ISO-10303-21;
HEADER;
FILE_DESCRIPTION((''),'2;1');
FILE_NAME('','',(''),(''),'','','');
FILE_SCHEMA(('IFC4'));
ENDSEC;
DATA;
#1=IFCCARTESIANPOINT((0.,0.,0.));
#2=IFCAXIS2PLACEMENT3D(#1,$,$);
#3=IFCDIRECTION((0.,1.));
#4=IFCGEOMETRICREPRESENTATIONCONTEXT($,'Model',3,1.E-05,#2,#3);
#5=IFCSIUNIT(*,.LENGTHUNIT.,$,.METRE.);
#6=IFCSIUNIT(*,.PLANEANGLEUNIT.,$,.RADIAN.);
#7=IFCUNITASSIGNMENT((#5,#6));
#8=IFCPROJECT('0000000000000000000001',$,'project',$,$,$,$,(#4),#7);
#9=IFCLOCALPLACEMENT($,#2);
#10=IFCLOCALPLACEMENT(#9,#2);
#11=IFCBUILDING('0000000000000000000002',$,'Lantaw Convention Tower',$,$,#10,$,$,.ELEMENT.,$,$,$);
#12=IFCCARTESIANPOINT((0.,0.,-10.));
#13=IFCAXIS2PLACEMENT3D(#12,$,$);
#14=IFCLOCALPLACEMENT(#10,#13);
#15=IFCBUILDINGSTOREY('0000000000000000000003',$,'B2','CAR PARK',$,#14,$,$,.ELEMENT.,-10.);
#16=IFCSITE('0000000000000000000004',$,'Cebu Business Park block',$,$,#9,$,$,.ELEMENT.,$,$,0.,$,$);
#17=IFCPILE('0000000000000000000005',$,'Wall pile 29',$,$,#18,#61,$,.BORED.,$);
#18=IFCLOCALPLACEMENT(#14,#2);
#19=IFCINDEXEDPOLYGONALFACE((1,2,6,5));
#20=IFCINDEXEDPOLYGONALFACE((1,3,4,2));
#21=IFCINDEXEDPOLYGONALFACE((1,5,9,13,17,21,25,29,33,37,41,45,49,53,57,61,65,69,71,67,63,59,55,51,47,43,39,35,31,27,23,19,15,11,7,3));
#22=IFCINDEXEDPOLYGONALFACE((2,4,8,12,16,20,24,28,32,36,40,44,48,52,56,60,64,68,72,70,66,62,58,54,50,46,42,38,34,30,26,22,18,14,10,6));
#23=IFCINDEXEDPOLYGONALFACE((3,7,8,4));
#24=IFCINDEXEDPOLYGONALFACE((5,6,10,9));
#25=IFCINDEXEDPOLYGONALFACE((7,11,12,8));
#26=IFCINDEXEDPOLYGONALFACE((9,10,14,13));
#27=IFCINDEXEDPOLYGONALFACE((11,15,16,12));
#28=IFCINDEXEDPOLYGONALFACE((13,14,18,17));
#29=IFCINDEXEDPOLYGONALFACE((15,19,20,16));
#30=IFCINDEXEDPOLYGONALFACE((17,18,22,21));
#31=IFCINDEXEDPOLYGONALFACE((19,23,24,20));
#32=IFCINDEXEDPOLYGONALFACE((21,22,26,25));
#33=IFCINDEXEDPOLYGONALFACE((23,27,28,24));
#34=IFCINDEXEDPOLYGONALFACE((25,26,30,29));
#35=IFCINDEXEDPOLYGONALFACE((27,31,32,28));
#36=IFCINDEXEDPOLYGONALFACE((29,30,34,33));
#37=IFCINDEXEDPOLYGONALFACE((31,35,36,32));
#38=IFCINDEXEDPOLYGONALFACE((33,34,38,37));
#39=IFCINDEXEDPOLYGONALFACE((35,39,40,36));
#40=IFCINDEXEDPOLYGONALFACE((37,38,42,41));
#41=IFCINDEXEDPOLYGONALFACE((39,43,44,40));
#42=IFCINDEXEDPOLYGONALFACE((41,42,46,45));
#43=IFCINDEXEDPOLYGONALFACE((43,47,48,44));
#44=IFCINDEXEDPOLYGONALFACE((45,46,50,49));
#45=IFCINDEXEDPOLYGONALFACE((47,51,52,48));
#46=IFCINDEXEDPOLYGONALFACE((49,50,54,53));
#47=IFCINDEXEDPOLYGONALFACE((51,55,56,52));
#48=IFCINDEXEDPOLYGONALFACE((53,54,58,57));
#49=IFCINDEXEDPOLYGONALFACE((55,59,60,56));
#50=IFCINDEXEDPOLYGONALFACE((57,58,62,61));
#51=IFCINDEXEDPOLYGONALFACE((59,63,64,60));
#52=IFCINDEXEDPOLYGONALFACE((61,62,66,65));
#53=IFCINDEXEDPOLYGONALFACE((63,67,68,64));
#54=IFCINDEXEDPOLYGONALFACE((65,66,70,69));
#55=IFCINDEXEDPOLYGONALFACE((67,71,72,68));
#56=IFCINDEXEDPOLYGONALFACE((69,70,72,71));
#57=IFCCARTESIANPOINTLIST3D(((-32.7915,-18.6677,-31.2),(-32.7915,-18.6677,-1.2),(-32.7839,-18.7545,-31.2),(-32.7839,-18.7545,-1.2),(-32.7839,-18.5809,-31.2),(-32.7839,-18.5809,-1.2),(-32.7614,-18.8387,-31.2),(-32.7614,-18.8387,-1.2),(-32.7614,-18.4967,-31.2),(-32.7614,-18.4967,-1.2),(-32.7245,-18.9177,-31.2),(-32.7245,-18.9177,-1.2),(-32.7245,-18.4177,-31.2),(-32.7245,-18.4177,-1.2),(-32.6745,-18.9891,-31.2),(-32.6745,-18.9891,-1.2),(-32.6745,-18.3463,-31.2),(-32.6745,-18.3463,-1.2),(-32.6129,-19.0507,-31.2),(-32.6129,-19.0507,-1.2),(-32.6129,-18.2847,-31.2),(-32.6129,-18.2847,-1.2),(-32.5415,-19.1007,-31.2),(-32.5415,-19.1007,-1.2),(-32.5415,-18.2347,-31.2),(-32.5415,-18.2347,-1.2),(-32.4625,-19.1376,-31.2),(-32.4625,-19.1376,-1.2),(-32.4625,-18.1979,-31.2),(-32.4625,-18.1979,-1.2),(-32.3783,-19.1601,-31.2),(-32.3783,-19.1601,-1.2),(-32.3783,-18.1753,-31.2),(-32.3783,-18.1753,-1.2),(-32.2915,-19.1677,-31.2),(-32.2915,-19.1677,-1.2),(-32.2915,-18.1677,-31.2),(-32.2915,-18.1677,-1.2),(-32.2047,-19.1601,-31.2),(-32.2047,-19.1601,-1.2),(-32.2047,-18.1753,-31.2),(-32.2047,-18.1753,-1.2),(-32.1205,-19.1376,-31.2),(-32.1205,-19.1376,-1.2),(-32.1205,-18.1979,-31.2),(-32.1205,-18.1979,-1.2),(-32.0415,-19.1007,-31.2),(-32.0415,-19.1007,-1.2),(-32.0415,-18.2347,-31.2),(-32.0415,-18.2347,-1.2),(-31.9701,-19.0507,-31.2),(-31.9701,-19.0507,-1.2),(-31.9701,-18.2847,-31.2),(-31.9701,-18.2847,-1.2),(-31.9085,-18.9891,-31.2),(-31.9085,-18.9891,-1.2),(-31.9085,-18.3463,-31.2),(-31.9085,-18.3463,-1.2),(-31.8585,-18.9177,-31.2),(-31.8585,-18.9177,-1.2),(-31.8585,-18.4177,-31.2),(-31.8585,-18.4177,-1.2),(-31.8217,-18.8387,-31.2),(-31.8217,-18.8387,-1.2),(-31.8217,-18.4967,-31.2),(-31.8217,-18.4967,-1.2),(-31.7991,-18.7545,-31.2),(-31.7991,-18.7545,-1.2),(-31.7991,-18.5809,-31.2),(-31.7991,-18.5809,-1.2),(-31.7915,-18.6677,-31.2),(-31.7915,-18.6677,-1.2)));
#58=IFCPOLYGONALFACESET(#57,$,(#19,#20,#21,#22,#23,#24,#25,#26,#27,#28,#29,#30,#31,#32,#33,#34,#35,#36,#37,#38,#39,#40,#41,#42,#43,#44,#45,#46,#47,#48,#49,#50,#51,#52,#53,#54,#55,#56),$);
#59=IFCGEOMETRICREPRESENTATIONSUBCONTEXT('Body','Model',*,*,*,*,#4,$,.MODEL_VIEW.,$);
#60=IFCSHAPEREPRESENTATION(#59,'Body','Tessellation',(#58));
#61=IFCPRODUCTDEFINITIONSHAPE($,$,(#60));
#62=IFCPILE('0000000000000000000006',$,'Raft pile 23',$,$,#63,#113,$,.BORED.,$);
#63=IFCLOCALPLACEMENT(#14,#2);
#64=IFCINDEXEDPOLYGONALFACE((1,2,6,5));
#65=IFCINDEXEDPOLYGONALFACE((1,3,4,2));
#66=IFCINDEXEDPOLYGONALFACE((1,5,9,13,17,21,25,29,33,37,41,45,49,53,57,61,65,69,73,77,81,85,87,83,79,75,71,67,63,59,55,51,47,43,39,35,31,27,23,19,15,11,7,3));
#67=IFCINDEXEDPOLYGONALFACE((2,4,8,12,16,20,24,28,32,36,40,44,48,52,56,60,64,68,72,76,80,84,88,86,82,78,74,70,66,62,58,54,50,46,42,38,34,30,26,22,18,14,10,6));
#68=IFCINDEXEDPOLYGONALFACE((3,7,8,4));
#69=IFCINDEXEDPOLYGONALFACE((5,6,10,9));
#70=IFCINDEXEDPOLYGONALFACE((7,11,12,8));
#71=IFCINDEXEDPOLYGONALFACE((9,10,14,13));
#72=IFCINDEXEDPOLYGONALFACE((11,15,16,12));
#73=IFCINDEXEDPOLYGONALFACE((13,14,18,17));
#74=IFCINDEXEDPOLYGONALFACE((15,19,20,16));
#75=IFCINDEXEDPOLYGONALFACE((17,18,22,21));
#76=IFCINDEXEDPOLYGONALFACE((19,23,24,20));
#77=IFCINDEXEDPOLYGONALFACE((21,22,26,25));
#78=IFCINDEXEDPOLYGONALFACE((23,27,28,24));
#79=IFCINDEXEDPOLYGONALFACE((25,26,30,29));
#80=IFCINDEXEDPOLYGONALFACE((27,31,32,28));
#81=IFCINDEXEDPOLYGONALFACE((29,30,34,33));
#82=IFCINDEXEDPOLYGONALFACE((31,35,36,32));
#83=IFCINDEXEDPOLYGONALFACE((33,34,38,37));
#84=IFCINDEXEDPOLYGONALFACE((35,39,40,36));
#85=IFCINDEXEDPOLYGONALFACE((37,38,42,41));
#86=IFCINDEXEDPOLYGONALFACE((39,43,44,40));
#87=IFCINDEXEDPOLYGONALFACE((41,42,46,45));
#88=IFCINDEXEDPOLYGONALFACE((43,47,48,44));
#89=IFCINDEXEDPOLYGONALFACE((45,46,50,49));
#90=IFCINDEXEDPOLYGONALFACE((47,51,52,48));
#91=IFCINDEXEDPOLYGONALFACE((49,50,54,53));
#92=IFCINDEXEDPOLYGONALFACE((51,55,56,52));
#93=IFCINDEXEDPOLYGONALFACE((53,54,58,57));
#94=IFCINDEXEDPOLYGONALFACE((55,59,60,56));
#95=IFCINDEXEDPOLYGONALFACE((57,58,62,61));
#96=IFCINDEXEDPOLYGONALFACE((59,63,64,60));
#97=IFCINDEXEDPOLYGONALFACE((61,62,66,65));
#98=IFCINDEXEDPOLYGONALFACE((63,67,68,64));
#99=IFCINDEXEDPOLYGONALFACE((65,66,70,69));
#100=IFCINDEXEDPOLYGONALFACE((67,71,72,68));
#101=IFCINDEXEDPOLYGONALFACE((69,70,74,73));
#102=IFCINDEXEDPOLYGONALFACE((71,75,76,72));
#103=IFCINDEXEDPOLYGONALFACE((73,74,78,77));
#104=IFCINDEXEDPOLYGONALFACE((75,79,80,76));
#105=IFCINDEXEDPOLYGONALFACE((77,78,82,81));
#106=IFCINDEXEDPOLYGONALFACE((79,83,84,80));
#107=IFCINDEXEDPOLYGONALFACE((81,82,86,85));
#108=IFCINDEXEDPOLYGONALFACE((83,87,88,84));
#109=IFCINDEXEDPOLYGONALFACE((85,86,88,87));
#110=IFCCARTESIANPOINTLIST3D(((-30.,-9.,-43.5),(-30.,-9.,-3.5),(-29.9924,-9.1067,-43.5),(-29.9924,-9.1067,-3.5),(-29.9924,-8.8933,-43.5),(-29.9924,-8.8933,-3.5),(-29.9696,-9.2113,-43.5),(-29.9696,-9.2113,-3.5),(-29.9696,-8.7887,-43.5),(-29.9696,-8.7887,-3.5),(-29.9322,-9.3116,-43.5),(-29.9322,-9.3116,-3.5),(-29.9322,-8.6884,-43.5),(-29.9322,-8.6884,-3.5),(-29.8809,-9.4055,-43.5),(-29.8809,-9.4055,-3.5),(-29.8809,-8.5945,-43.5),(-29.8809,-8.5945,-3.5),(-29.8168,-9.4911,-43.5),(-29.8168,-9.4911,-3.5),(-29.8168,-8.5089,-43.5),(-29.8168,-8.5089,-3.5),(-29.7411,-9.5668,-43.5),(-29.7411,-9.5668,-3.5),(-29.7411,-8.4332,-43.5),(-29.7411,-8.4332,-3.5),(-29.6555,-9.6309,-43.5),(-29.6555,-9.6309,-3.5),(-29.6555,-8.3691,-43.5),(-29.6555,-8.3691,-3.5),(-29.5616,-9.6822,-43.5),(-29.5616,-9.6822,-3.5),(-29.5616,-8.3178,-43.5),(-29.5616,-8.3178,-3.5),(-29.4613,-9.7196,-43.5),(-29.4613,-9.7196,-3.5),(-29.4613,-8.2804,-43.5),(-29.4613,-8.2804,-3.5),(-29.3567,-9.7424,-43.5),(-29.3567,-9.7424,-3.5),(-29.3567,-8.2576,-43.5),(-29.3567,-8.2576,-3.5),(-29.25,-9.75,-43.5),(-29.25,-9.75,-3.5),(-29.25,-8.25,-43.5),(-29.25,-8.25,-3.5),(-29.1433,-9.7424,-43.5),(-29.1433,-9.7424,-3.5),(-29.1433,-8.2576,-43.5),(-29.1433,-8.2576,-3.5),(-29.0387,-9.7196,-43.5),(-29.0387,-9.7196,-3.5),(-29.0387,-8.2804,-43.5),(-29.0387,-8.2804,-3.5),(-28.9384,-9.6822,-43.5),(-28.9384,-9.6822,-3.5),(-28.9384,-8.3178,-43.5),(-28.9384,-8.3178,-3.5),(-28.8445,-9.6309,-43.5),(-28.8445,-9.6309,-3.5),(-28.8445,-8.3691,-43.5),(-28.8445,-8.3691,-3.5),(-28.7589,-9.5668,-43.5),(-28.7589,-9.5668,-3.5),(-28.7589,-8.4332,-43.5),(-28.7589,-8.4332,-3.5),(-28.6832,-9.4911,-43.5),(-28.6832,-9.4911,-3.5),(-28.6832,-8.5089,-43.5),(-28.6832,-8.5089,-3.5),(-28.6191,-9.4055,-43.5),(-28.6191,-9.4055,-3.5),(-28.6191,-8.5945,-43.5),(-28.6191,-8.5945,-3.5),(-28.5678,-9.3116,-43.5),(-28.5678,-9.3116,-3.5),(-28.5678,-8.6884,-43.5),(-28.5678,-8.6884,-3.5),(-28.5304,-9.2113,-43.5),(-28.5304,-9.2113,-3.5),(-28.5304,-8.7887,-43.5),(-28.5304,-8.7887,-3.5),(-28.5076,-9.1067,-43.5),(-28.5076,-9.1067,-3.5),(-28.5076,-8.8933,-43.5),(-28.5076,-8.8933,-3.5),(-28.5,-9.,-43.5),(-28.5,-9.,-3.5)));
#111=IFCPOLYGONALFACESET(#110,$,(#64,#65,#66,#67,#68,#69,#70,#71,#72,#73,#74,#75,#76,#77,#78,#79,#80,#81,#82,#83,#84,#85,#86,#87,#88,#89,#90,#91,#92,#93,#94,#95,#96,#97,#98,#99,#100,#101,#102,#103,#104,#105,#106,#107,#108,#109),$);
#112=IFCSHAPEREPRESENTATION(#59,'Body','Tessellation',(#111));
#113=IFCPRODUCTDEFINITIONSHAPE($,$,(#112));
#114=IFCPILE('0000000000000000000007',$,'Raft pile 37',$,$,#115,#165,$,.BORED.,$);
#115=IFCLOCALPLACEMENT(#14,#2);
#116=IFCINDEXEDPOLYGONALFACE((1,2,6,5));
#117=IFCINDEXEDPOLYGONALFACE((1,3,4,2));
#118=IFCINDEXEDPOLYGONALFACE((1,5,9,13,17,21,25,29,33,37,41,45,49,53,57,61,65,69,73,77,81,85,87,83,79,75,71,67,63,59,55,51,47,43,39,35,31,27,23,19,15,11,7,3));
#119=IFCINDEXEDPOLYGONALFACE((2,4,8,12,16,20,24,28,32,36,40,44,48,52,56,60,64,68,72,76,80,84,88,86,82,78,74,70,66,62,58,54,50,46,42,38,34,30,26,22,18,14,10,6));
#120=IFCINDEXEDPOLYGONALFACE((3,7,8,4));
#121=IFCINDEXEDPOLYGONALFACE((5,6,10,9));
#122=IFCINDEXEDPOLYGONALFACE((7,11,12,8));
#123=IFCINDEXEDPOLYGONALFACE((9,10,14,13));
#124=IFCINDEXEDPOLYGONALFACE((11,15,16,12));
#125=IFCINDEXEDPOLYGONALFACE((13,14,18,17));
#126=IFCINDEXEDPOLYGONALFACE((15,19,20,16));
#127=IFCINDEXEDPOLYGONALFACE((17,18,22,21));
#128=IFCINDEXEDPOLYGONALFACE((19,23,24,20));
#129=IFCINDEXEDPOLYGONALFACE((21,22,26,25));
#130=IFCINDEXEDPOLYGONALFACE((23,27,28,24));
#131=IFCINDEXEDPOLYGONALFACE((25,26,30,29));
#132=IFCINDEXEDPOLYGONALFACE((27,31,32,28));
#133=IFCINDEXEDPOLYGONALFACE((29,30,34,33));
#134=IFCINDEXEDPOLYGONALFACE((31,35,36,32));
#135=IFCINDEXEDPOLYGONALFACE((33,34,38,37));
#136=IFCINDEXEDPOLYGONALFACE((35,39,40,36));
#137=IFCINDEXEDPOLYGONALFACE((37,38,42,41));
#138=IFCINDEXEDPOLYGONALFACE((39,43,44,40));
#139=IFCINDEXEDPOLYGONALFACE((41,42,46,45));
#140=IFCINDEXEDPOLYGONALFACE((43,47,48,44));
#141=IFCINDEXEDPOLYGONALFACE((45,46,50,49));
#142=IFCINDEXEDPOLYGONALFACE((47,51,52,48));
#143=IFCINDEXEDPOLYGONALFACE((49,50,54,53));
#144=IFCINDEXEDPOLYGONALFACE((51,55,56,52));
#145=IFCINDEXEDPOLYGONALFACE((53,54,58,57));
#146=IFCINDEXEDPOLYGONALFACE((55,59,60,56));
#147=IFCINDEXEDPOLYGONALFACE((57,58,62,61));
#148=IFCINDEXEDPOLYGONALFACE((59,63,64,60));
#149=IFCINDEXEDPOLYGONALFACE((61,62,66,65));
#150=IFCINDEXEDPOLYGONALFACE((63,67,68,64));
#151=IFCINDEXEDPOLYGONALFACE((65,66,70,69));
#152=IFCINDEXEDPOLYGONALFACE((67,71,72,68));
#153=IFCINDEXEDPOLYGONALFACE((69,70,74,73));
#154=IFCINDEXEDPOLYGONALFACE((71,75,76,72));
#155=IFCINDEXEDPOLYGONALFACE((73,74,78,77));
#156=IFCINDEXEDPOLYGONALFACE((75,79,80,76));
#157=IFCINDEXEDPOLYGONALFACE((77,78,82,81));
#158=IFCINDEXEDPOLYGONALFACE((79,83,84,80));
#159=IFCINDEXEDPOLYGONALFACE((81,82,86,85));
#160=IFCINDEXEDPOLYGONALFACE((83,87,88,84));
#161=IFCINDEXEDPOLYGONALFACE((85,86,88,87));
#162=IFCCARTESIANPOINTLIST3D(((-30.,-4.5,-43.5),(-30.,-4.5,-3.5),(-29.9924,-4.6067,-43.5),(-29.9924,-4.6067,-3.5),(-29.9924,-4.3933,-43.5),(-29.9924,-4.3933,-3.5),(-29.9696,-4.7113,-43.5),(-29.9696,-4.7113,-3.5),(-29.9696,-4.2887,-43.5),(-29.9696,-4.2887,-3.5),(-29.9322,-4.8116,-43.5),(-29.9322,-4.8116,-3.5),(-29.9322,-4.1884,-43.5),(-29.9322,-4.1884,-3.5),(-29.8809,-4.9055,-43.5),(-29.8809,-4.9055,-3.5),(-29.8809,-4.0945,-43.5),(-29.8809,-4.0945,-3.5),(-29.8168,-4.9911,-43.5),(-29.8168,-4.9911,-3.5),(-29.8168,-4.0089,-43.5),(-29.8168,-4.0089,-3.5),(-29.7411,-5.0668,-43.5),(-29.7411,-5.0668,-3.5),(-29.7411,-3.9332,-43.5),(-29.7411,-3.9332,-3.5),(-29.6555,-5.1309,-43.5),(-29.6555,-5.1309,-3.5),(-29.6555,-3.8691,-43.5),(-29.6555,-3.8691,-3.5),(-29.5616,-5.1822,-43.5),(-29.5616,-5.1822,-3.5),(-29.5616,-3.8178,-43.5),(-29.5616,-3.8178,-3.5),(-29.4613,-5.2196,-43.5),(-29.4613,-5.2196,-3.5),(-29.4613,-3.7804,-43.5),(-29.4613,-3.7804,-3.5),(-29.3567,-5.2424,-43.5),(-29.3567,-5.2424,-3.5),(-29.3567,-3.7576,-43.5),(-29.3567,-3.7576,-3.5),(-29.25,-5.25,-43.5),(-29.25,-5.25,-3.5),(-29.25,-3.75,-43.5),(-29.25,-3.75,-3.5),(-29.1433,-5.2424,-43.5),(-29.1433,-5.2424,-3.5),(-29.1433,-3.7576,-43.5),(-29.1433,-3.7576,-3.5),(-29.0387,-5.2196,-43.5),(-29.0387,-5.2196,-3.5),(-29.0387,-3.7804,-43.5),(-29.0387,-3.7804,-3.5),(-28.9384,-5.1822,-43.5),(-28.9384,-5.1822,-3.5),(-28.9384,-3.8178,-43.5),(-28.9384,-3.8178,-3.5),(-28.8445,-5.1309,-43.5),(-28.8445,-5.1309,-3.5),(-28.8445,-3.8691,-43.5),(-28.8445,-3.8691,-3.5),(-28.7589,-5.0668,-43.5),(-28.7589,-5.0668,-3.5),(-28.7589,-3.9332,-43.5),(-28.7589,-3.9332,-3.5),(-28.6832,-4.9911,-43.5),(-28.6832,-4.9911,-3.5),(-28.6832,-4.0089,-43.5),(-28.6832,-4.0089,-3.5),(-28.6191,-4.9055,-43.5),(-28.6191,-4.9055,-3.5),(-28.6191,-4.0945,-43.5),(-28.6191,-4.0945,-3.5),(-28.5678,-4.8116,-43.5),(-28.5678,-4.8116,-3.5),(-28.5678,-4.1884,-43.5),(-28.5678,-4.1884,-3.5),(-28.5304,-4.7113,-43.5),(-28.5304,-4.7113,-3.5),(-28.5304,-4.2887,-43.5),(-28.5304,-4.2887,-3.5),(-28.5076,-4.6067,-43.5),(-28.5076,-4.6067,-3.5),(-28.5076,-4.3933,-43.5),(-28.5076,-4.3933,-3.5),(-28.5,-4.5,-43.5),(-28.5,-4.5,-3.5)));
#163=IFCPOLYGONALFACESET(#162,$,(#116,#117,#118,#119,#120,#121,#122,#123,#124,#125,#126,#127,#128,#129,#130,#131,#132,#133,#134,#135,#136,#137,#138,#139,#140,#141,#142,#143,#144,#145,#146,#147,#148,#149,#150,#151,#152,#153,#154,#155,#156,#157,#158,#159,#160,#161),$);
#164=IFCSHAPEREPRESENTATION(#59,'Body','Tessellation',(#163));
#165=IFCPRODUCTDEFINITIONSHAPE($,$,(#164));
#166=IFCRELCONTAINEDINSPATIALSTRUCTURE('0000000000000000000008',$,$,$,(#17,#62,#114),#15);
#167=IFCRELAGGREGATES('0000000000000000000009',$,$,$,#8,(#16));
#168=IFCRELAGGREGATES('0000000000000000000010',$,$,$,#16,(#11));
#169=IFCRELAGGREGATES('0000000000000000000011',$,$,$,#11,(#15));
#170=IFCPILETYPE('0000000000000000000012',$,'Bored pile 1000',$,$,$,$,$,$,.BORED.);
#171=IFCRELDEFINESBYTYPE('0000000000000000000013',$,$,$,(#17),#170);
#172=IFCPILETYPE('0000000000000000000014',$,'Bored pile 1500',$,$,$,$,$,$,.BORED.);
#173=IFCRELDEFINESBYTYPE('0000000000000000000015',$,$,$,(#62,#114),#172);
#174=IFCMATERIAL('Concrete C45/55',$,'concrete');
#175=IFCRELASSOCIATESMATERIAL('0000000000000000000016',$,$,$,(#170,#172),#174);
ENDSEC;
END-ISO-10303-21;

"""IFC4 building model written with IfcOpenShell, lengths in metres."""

from ifc_helpers import new_model, si_unit, direction, frame, origin, origin_2d, place, context, subcontext, project, spatial, circle, extrude, material, material_profile, profile_set, type_object, element, save


model = new_model("IFC4")

# Units and contexts
model_context = context("Model", 3, precision=1e-05, world=origin(), true_north=direction((0.0, 1.0)))
body_context = subcontext(model_context, "Body", "Model", "MODEL_VIEW")
ifc_project = project(units=[si_unit("LENGTHUNIT", "METRE"), si_unit("PLANEANGLEUNIT", "RADIAN")], contexts=[model_context])

# Site, building, storey
site_placement = place(None, origin())
site = spatial("IfcSite", under=ifc_project, at=site_placement, Name="Cebu Business Park block", CompositionType="ELEMENT", RefElevation=0.0)
building_placement = place(site_placement, origin())
building = spatial("IfcBuilding", under=site, at=building_placement, Name="Lantaw Convention Tower", CompositionType="ELEMENT")
storey_placement = place(building_placement, frame((0.0, 0.0, -10.0)))
storey = spatial("IfcBuildingStorey", under=building, at=storey_placement, Name="B2", Description="CAR PARK", CompositionType="ELEMENT", Elevation=-10.0)

# Piles
ifc_material_1 = material(Name="Concrete C45/55", Category="concrete")
ifc_material_profile_1 = material_profile(ifc_material_1, circle(Radius=0.5, at=origin_2d()), Name="Bored pile 1000")
ifc_profile_set_1 = profile_set([ifc_material_profile_1], Name="Concrete C45/55")
pile_type_1 = type_object("IfcPileType", Name="Bored pile 1000", PredefinedType="BORED", material=ifc_profile_set_1)
for number, where, z_axis, x_axis, name in (
    (1, (-32.2915, -18.6677, -1.2), (0.0, 0.0, -1.0), (1.0, 0.0, 0.0), "Wall pile 29"),
):
    element("IfcPile", number, at=place(storey_placement, frame(where, z_axis=z_axis, x_axis=x_axis)), inside=storey, type_object=pile_type_1, Name=name, PredefinedType="BORED", context=body_context, shape_type="SweptSolid", body=[
        extrude(circle(Radius=0.5, at=origin_2d()), origin(), (0.0, 0.0, 1.0), 30.0),
    ])
ifc_material_profile_2 = material_profile(ifc_material_1, circle(Radius=0.75, at=origin_2d()), Name="Bored pile 1500")
ifc_profile_set_2 = profile_set([ifc_material_profile_2], Name="Concrete C45/55")
pile_type_2 = type_object("IfcPileType", Name="Bored pile 1500", PredefinedType="BORED", material=ifc_profile_set_2)
for number, where, z_axis, x_axis, name in (
    (2, (-29.25, -9.0, -3.5), (0.0, 0.0, -1.0), (1.0, 0.0, 0.0), "Raft pile 23"),
    (3, (-29.25, -4.5, -3.5), (0.0, 0.0, -1.0), (1.0, 0.0, 0.0), "Raft pile 37"),
):
    element("IfcPile", number, at=place(storey_placement, frame(where, z_axis=z_axis, x_axis=x_axis)), inside=storey, type_object=pile_type_2, Name=name, PredefinedType="BORED", context=body_context, shape_type="SweptSolid", body=[
        extrude(circle(Radius=0.75, at=origin_2d()), origin(), (0.0, 0.0, 1.0), 40.0),
    ])

save(model, "model.ifc")
